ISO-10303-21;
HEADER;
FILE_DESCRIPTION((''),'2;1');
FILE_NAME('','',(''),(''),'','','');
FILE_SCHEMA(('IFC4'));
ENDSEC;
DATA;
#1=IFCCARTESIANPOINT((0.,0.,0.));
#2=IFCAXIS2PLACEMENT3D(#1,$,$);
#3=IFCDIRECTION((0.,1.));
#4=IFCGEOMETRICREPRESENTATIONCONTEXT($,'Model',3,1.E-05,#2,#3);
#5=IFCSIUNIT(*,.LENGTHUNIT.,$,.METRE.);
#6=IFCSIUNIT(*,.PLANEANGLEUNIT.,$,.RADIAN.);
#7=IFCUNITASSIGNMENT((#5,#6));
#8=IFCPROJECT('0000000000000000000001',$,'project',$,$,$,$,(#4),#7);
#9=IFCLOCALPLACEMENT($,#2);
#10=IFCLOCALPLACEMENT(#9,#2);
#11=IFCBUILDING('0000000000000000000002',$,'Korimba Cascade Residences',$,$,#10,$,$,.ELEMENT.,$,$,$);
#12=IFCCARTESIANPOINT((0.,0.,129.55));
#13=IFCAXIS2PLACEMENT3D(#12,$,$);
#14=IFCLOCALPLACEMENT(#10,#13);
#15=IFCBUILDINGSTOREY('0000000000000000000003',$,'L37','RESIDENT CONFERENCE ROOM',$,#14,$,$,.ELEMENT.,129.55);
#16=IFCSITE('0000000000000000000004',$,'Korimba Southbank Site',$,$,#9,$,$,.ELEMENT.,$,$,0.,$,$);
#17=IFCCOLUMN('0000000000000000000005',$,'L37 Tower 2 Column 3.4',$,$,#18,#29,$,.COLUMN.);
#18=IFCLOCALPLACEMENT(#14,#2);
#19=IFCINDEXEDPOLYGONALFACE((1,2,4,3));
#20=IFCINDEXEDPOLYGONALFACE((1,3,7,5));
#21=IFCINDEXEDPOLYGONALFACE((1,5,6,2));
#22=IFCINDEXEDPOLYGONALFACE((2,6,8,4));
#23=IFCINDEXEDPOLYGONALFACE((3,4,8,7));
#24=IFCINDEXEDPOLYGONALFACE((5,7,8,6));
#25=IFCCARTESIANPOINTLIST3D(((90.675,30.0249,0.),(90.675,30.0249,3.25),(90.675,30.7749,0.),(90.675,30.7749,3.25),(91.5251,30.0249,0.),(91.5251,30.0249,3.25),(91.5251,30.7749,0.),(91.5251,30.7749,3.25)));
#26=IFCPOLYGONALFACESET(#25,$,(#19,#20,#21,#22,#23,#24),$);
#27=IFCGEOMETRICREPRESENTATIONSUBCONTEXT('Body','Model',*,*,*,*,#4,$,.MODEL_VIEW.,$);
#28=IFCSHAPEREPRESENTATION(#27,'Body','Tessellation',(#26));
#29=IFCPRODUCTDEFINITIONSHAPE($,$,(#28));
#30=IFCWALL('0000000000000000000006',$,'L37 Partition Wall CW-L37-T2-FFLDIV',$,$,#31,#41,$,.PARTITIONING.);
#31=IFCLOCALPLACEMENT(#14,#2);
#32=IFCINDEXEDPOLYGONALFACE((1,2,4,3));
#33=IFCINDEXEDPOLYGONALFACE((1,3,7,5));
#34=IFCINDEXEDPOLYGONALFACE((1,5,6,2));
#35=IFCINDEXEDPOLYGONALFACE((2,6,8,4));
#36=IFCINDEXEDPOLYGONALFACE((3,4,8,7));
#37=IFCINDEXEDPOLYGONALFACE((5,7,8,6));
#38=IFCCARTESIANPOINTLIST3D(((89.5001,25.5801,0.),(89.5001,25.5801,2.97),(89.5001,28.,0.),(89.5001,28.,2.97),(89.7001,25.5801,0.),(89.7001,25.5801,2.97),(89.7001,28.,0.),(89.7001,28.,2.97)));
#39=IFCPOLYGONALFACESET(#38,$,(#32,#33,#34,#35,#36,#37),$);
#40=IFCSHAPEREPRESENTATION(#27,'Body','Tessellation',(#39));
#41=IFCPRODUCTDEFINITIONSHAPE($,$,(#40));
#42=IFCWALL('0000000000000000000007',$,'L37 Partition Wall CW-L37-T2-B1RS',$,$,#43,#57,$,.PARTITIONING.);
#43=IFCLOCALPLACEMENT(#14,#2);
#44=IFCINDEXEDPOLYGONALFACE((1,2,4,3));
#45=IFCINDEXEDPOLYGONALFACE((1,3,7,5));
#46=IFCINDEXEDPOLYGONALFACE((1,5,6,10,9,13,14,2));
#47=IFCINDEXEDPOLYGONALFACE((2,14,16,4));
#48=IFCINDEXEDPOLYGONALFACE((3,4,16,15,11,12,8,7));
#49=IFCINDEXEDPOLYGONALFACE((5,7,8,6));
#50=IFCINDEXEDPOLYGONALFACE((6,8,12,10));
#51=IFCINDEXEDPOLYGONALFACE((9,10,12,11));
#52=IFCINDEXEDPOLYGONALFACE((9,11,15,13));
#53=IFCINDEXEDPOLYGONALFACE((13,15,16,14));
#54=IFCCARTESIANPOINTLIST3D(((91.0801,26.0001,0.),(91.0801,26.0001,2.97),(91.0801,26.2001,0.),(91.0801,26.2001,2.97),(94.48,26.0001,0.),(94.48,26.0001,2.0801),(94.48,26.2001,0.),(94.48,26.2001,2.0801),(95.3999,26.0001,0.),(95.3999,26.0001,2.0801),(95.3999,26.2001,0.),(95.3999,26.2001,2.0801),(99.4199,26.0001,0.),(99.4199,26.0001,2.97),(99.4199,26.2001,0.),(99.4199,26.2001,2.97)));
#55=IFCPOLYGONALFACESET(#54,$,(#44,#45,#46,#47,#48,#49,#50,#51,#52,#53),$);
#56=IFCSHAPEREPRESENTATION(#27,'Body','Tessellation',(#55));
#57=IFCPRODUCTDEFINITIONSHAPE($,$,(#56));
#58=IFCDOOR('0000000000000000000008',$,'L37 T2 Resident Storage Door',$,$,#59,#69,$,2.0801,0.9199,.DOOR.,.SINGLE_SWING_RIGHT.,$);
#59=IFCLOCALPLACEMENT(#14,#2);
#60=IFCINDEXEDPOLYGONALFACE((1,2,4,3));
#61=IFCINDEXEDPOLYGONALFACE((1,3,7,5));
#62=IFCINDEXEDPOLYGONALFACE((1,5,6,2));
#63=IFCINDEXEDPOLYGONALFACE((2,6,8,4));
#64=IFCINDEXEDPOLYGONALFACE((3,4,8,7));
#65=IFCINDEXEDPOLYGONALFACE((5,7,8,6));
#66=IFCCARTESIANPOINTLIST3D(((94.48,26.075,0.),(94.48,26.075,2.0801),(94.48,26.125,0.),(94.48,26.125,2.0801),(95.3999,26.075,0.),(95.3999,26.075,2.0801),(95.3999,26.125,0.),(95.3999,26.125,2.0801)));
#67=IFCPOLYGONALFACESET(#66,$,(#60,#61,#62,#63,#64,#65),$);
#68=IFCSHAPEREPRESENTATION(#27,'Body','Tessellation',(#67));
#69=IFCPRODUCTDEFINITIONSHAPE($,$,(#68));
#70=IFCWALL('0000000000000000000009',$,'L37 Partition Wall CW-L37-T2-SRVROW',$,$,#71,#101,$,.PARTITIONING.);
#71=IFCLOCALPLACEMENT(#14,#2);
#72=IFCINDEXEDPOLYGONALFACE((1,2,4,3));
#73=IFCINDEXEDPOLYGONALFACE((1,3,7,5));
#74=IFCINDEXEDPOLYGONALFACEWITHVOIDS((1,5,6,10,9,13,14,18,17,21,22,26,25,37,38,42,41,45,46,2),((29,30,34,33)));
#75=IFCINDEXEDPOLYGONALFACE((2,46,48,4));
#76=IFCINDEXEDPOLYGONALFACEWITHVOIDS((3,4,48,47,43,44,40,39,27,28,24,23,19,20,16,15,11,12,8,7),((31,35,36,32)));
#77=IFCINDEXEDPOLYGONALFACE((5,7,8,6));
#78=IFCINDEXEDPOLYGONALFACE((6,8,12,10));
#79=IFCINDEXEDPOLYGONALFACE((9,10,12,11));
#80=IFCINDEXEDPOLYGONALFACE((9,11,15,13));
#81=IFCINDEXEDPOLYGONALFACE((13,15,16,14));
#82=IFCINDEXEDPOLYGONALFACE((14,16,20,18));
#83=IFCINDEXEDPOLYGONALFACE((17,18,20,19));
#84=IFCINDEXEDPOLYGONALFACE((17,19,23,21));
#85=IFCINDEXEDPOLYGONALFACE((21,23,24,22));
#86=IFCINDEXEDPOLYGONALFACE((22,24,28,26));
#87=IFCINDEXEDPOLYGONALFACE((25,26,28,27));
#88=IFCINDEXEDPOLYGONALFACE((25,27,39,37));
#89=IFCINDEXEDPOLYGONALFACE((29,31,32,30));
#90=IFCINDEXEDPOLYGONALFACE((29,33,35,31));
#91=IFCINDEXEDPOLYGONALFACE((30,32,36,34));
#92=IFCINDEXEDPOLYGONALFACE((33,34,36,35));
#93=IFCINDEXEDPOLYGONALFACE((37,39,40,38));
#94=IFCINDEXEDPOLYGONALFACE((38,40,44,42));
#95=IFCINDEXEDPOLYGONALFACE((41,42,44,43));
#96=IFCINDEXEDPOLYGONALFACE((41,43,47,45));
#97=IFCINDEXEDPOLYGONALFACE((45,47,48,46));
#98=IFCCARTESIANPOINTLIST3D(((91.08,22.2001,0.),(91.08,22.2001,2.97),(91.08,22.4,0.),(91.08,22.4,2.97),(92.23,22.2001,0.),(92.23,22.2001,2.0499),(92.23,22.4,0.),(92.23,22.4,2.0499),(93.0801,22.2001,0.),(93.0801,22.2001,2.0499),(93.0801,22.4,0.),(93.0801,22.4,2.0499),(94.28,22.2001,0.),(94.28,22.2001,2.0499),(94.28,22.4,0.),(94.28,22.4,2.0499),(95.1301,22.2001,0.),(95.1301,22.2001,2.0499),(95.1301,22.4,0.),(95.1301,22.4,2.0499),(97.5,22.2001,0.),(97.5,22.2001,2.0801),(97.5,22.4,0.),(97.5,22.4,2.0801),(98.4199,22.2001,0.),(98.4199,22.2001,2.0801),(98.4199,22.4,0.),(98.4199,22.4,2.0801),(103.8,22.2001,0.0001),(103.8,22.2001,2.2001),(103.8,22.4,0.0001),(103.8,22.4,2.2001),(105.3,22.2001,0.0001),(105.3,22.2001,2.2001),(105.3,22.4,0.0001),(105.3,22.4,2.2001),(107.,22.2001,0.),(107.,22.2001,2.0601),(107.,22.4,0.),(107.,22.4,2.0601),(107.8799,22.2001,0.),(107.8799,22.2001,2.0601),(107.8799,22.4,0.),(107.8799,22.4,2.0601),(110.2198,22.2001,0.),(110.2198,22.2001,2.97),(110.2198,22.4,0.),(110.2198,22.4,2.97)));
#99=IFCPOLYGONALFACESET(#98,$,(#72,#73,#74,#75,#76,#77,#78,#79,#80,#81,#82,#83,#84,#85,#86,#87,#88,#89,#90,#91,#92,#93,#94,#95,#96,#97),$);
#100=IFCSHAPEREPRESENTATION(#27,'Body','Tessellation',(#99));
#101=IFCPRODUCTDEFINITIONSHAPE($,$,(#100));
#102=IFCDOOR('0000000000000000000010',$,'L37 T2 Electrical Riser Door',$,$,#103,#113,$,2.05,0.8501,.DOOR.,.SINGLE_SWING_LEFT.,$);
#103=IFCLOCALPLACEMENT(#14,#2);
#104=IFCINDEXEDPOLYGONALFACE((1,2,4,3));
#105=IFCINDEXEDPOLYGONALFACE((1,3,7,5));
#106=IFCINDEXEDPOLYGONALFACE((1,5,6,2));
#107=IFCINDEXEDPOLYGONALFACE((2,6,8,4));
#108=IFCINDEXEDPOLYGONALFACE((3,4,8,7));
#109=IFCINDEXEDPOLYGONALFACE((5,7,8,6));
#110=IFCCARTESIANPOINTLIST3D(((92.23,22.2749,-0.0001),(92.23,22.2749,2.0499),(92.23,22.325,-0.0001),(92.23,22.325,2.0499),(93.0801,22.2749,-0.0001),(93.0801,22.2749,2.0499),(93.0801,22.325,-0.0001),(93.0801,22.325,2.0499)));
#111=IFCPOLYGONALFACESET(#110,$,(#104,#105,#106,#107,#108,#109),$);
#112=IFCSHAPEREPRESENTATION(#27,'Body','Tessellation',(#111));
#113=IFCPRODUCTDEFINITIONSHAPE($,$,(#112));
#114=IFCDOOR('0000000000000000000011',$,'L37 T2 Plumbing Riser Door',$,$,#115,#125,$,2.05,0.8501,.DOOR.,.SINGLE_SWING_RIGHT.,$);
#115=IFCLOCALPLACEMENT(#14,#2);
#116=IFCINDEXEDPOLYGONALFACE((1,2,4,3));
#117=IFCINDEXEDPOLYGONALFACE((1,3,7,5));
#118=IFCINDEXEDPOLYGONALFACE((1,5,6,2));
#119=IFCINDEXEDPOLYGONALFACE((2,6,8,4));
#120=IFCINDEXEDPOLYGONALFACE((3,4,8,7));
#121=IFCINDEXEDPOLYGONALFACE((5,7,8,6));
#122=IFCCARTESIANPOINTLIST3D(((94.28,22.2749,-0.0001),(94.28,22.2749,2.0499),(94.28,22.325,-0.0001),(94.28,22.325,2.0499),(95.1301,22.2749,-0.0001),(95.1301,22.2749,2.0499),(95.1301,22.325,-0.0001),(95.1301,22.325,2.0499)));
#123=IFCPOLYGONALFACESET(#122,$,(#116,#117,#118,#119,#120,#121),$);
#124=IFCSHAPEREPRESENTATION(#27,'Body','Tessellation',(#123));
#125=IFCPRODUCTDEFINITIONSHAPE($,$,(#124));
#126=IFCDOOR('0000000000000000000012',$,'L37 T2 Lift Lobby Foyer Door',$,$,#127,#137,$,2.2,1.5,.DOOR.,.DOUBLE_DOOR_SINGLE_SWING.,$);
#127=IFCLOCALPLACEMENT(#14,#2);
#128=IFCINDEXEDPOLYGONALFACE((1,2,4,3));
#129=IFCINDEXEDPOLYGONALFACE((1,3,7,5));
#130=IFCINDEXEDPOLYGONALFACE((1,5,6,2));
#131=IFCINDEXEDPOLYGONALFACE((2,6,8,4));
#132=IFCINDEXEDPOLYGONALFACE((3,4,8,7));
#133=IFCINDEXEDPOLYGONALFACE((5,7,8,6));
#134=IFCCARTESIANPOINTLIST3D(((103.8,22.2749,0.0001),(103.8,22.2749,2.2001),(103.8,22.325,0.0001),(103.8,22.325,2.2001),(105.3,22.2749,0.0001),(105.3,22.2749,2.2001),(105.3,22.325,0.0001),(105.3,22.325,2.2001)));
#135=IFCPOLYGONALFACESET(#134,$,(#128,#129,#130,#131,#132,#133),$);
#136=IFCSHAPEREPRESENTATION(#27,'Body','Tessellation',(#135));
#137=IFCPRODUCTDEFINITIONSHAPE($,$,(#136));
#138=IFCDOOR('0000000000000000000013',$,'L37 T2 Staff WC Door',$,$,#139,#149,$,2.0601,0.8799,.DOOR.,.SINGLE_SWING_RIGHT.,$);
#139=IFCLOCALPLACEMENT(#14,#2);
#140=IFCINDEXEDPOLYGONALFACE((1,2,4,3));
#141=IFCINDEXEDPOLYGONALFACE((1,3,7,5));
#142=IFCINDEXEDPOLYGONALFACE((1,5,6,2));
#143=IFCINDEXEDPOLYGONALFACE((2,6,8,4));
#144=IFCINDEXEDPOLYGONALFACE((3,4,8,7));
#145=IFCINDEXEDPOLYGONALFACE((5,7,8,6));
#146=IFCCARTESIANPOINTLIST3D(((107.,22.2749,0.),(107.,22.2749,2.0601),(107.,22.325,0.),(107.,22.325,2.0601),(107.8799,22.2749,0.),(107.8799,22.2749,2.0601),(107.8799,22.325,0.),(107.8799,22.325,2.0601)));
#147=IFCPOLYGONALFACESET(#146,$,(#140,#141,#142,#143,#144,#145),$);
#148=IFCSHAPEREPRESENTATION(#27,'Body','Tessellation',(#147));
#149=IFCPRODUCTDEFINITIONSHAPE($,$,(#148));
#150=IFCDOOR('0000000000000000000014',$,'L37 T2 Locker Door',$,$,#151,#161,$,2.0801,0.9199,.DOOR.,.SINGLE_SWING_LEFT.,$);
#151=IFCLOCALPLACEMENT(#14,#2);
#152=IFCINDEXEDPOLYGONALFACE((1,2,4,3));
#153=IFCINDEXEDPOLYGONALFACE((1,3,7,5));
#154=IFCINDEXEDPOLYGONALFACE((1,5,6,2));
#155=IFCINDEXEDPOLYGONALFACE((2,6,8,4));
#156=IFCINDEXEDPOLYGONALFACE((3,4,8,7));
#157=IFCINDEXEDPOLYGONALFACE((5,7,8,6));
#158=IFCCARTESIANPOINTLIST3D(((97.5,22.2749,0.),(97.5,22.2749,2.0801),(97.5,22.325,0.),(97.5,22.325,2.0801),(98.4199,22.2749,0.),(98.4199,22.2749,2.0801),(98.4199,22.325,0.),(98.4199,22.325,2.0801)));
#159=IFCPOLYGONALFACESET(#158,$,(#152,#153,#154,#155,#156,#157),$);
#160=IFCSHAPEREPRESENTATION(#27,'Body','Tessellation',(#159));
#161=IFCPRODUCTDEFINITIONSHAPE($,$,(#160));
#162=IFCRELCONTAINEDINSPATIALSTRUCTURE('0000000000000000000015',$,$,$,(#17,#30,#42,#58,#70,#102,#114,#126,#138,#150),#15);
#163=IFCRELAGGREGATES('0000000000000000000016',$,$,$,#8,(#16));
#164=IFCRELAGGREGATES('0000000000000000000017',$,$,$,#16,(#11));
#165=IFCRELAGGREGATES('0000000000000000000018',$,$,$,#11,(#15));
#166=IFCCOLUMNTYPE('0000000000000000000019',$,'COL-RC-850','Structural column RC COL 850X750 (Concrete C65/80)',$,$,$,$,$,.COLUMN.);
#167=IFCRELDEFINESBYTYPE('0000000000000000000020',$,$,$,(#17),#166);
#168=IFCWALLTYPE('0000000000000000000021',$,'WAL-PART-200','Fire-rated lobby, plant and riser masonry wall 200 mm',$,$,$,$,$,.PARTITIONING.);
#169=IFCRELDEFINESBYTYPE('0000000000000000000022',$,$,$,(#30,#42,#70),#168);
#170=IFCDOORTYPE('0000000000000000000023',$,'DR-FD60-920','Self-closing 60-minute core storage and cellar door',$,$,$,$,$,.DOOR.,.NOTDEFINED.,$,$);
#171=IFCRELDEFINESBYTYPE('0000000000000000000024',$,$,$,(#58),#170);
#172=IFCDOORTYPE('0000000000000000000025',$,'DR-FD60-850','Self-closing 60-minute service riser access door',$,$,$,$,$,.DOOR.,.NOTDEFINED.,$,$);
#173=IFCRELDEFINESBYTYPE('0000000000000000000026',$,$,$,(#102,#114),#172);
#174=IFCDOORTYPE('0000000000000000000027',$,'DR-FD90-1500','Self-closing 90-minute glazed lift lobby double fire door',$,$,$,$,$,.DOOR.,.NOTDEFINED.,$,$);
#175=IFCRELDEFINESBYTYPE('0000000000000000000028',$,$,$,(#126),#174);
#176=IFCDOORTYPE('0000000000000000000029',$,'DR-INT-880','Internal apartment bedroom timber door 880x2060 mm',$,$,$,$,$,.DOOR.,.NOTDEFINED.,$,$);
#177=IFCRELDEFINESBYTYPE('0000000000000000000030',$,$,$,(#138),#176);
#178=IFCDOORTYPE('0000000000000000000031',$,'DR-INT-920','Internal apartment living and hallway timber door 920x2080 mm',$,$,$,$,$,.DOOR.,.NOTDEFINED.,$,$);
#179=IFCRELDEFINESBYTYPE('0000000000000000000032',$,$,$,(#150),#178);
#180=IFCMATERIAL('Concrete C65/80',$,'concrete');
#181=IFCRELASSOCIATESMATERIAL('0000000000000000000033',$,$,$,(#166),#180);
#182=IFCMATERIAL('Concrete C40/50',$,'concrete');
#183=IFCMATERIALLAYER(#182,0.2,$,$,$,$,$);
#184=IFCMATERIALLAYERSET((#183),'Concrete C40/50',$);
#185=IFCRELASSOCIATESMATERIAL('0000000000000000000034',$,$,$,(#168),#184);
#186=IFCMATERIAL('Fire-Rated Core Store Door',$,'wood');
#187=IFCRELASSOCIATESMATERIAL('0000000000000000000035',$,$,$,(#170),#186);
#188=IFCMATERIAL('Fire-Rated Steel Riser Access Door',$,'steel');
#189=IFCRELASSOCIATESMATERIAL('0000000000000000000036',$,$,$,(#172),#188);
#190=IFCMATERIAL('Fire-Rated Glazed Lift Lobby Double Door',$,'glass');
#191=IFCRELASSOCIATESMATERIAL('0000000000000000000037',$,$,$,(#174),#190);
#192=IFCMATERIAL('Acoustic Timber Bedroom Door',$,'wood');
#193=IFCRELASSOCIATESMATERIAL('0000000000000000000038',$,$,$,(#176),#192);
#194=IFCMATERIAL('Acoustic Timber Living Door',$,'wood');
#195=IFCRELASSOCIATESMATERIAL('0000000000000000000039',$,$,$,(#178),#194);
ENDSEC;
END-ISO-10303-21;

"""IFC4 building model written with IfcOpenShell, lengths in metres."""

from ifc_helpers import new_model, si_unit, direction, frame, frame_2d, origin, origin_2d, place, context, subcontext, project, spatial, rectangle, extrude, material, layer, layer_set, material_profile, profile_set, type_object, element, fill, save


model = new_model("IFC4")

# Units and contexts
model_context = context("Model", 3, precision=1e-05, world=origin(), true_north=direction((0.0, 1.0)))
body_context = subcontext(model_context, "Body", "Model", "MODEL_VIEW")
ifc_project = project(units=[si_unit("LENGTHUNIT", "METRE"), si_unit("PLANEANGLEUNIT", "RADIAN")], contexts=[model_context])

# Site, building, storey
site_placement = place(None, origin())
site = spatial("IfcSite", under=ifc_project, at=site_placement, Name="Korimba Southbank Site", CompositionType="ELEMENT", RefElevation=0.0)
building_placement = place(site_placement, origin())
building = spatial("IfcBuilding", under=site, at=building_placement, Name="Korimba Cascade Residences", CompositionType="ELEMENT")
storey_placement = place(building_placement, frame((0.0, 0.0, 129.55)))
storey = spatial("IfcBuildingStorey", under=building, at=storey_placement, Name="L37", Description="RESIDENT CONFERENCE ROOM", CompositionType="ELEMENT", Elevation=129.55)

# Column
ifc_material_1 = material(Name="Concrete C65/80", Category="concrete")
ifc_material_profile = material_profile(ifc_material_1, rectangle(XDim=0.8501, YDim=0.75, at=origin_2d()), Name="Concrete C65/80")
ifc_profile_set = profile_set([ifc_material_profile], Name="Concrete C65/80")
column_type = type_object("IfcColumnType", Name="COL-RC-850", Description="Structural column RC COL 850X750 (Concrete C65/80)", PredefinedType="COLUMN", material=ifc_profile_set)
column_placement = place(storey_placement, frame((91.1001, 30.3999, 0.0), z_axis=(0.0, 0.0, 1.0), x_axis=(1.0, 0.0, 0.0)))
element("IfcColumn", 1, at=column_placement, inside=storey, type_object=column_type, Name="L37 Tower 2 Column 3.4", PredefinedType="COLUMN", context=body_context, shape_type="SweptSolid", body=[
    extrude(rectangle(XDim=0.8501, YDim=0.75, at=origin_2d()), origin(), (0.0, 0.0, 1.0), 3.25),
])

# Wall
ifc_material_2 = material(Name="Concrete C40/50", Category="concrete")
ifc_layer_1 = layer(ifc_material_2, 0.2)
ifc_layer_set_1 = layer_set([ifc_layer_1], Name="Concrete C40/50")
wall_type_1 = type_object("IfcWallType", Name="WAL-PART-200", Description="Fire-rated lobby, plant and riser masonry wall 200 mm", PredefinedType="PARTITIONING", material=ifc_layer_set_1)
wall_1_placement = place(storey_placement, frame((89.6001, 25.5801, 0.0), z_axis=(0.0, 0.0, 1.0), x_axis=(0.0, 1.0, 0.0)))
element("IfcWall", 2, at=wall_1_placement, inside=storey, type_object=wall_type_1, Name="L37 Partition Wall CW-L37-T2-FFLDIV", PredefinedType="PARTITIONING", context=body_context, shape_type="SweptSolid", body=[
    extrude(rectangle(XDim=2.4199, YDim=0.2, at=frame_2d((1.21, 0.0))), origin(), (0.0, 0.0, 1.0), 2.97),
])

# Wall, opening, door
wall_2_placement = place(storey_placement, frame((91.0801, 26.1001, 0.0), z_axis=(0.0, 0.0, 1.0), x_axis=(1.0, 0.0, 0.0)))
wall_2 = element("IfcWall", 3, at=wall_2_placement, inside=storey, type_object=wall_type_1, Name="L37 Partition Wall CW-L37-T2-B1RS", PredefinedType="PARTITIONING", context=body_context, shape_type="SweptSolid", body=[
    extrude(rectangle(XDim=8.3398, YDim=0.2, at=frame_2d((4.1699, 0.0))), origin(), (0.0, 0.0, 1.0), 2.97),
])
opening_1_placement = place(wall_2_placement, frame((3.3999, 0.0, 0.0)))
opening_1 = element("IfcOpeningElement", 4, at=opening_1_placement, cuts=wall_2, PredefinedType="OPENING", context=body_context, shape_type="SweptSolid", body=[
    extrude(rectangle(XDim=0.9199, YDim=2.0801, at=frame_2d((0.46, 1.04))), frame((0.0, 0.1099, 0.0), z_axis=(0.0, -1.0, 0.0), x_axis=(1.0, 0.0, 0.0)), (0.0, 0.0, 1.0), 0.22),
])
ifc_material_3 = material(Name="Fire-Rated Core Store Door", Category="wood")
door_type_1 = type_object("IfcDoorType", Name="DR-FD60-920", Description="Self-closing 60-minute core storage and cellar door", OperationType="NOTDEFINED", PredefinedType="DOOR", material=ifc_material_3)
door_1_placement = place(opening_1_placement, origin())
door_1 = element("IfcDoor", 5, at=door_1_placement, inside=storey, type_object=door_type_1, Name="L37 T2 Resident Storage Door", OperationType="SINGLE_SWING_RIGHT", OverallHeight=2.0801, OverallWidth=0.9199, PredefinedType="DOOR", context=body_context, shape_type="SweptSolid", body=[
    extrude(rectangle(XDim=0.9199, YDim=2.0801, at=frame_2d((0.46, 1.04))), frame((0.0, 0.0249, 0.0), z_axis=(0.0, -1.0, 0.0), x_axis=(1.0, 0.0, 0.0)), (0.0, 0.0, 1.0), 0.05),
])
fill(opening_1, door_1)

# Wall, openings, doors
wall_3_placement = place(storey_placement, frame((91.0801, 22.3, 0.0), z_axis=(0.0, 0.0, 1.0), x_axis=(1.0, 0.0, 0.0)))
wall_3 = element("IfcWall", 6, at=wall_3_placement, inside=storey, type_object=wall_type_1, Name="L37 Partition Wall CW-L37-T2-SRVROW", PredefinedType="PARTITIONING", context=body_context, shape_type="SweptSolid", body=[
    extrude(rectangle(XDim=19.1399, YDim=0.2, at=frame_2d((9.5698, 0.0))), origin(), (0.0, 0.0, 1.0), 2.97),
])
opening_2_placement = place(wall_3_placement, frame((1.1499, 0.0, 0.0)))
opening_2 = element("IfcOpeningElement", 7, at=opening_2_placement, cuts=wall_3, PredefinedType="OPENING", context=body_context, shape_type="SweptSolid", body=[
    extrude(rectangle(XDim=0.8501, YDim=2.05, at=frame_2d((0.425, 1.0249))), frame((0.0, 0.1099, 0.0), z_axis=(0.0, -1.0, 0.0), x_axis=(1.0, 0.0, 0.0)), (0.0, 0.0, 1.0), 0.22),
])
opening_3_placement = place(wall_3_placement, frame((3.2, 0.0, 0.0)))
opening_3 = element("IfcOpeningElement", 8, at=opening_3_placement, cuts=wall_3, PredefinedType="OPENING", context=body_context, shape_type="SweptSolid", body=[
    extrude(rectangle(XDim=0.8501, YDim=2.05, at=frame_2d((0.425, 1.0249))), frame((0.0, 0.1099, 0.0), z_axis=(0.0, -1.0, 0.0), x_axis=(1.0, 0.0, 0.0)), (0.0, 0.0, 1.0), 0.22),
])
opening_4_placement = place(wall_3_placement, frame((12.72, 0.0, 0.0)))
opening_4 = element("IfcOpeningElement", 9, at=opening_4_placement, cuts=wall_3, PredefinedType="OPENING", context=body_context, shape_type="SweptSolid", body=[
    extrude(rectangle(XDim=1.5, YDim=2.2, at=frame_2d((0.75, 1.1001))), frame((0.0, 0.1099, 0.0), z_axis=(0.0, -1.0, 0.0), x_axis=(1.0, 0.0, 0.0)), (0.0, 0.0, 1.0), 0.22),
])
opening_5_placement = place(wall_3_placement, frame((6.4199, 0.0, 0.0)))
opening_5 = element("IfcOpeningElement", 10, at=opening_5_placement, cuts=wall_3, PredefinedType="OPENING", context=body_context, shape_type="SweptSolid", body=[
    extrude(rectangle(XDim=0.9199, YDim=2.0801, at=frame_2d((0.46, 1.04))), frame((0.0, 0.1099, 0.0), z_axis=(0.0, -1.0, 0.0), x_axis=(1.0, 0.0, 0.0)), (0.0, 0.0, 1.0), 0.22),
])
opening_6_placement = place(wall_3_placement, frame((15.9199, 0.0, 0.0)))
opening_6 = element("IfcOpeningElement", 11, at=opening_6_placement, cuts=wall_3, PredefinedType="OPENING", context=body_context, shape_type="SweptSolid", body=[
    extrude(rectangle(XDim=0.8799, YDim=2.0601, at=frame_2d((0.4399, 1.03))), frame((0.0, 0.1099, 0.0), z_axis=(0.0, -1.0, 0.0), x_axis=(1.0, 0.0, 0.0)), (0.0, 0.0, 1.0), 0.22),
])
ifc_material_4 = material(Name="Fire-Rated Steel Riser Access Door", Category="steel")
door_type_2 = type_object("IfcDoorType", Name="DR-FD60-850", Description="Self-closing 60-minute service riser access door", OperationType="NOTDEFINED", PredefinedType="DOOR", material=ifc_material_4)
door_2_placement = place(opening_2_placement, origin())
door_2 = element("IfcDoor", 12, at=door_2_placement, inside=storey, type_object=door_type_2, Name="L37 T2 Electrical Riser Door", OperationType="SINGLE_SWING_LEFT", OverallHeight=2.05, OverallWidth=0.8501, PredefinedType="DOOR", context=body_context, shape_type="SweptSolid", body=[
    extrude(rectangle(XDim=0.8501, YDim=2.05, at=frame_2d((0.425, 1.0249))), frame((0.0, 0.0249, 0.0), z_axis=(0.0, -1.0, 0.0), x_axis=(1.0, 0.0, 0.0)), (0.0, 0.0, 1.0), 0.05),
])
fill(opening_2, door_2)
door_3_placement = place(opening_3_placement, origin())
door_3 = element("IfcDoor", 13, at=door_3_placement, inside=storey, type_object=door_type_2, Name="L37 T2 Plumbing Riser Door", OperationType="SINGLE_SWING_RIGHT", OverallHeight=2.05, OverallWidth=0.8501, PredefinedType="DOOR", context=body_context, shape_type="SweptSolid", body=[
    extrude(rectangle(XDim=0.8501, YDim=2.05, at=frame_2d((0.425, 1.0249))), frame((0.0, 0.0249, 0.0), z_axis=(0.0, -1.0, 0.0), x_axis=(1.0, 0.0, 0.0)), (0.0, 0.0, 1.0), 0.05),
])
fill(opening_3, door_3)
ifc_material_5 = material(Name="Fire-Rated Glazed Lift Lobby Double Door", Category="glass")
door_type_3 = type_object("IfcDoorType", Name="DR-FD90-1500", Description="Self-closing 90-minute glazed lift lobby double fire door", OperationType="NOTDEFINED", PredefinedType="DOOR", material=ifc_material_5)
door_4_placement = place(opening_4_placement, origin())
door_4 = element("IfcDoor", 14, at=door_4_placement, inside=storey, type_object=door_type_3, Name="L37 T2 Lift Lobby Foyer Door", OperationType="DOUBLE_DOOR_SINGLE_SWING", OverallHeight=2.2, OverallWidth=1.5, PredefinedType="DOOR", context=body_context, shape_type="SweptSolid", body=[
    extrude(rectangle(XDim=1.5, YDim=2.2, at=frame_2d((0.75, 1.1001))), frame((0.0, 0.0249, 0.0), z_axis=(0.0, -1.0, 0.0), x_axis=(1.0, 0.0, 0.0)), (0.0, 0.0, 1.0), 0.05),
])
fill(opening_4, door_4)
ifc_material_6 = material(Name="Acoustic Timber Bedroom Door", Category="wood")
door_type_4 = type_object("IfcDoorType", Name="DR-INT-880", Description="Internal apartment bedroom timber door 880x2060 mm", OperationType="NOTDEFINED", PredefinedType="DOOR", material=ifc_material_6)
door_5_placement = place(opening_6_placement, origin())
door_5 = element("IfcDoor", 15, at=door_5_placement, inside=storey, type_object=door_type_4, Name="L37 T2 Staff WC Door", OperationType="SINGLE_SWING_RIGHT", OverallHeight=2.0601, OverallWidth=0.8799, PredefinedType="DOOR", context=body_context, shape_type="SweptSolid", body=[
    extrude(rectangle(XDim=0.8799, YDim=2.0601, at=frame_2d((0.4399, 1.03))), frame((0.0, 0.0249, 0.0), z_axis=(0.0, -1.0, 0.0), x_axis=(1.0, 0.0, 0.0)), (0.0, 0.0, 1.0), 0.05),
])
fill(opening_6, door_5)
ifc_material_7 = material(Name="Acoustic Timber Living Door", Category="wood")
door_type_5 = type_object("IfcDoorType", Name="DR-INT-920", Description="Internal apartment living and hallway timber door 920x2080 mm", OperationType="NOTDEFINED", PredefinedType="DOOR", material=ifc_material_7)
door_6_placement = place(opening_5_placement, origin())
door_6 = element("IfcDoor", 16, at=door_6_placement, inside=storey, type_object=door_type_5, Name="L37 T2 Locker Door", OperationType="SINGLE_SWING_LEFT", OverallHeight=2.0801, OverallWidth=0.9199, PredefinedType="DOOR", context=body_context, shape_type="SweptSolid", body=[
    extrude(rectangle(XDim=0.9199, YDim=2.0801, at=frame_2d((0.46, 1.04))), frame((0.0, 0.0249, 0.0), z_axis=(0.0, -1.0, 0.0), x_axis=(1.0, 0.0, 0.0)), (0.0, 0.0, 1.0), 0.05),
])
fill(opening_5, door_6)

save(model, "model.ifc")
